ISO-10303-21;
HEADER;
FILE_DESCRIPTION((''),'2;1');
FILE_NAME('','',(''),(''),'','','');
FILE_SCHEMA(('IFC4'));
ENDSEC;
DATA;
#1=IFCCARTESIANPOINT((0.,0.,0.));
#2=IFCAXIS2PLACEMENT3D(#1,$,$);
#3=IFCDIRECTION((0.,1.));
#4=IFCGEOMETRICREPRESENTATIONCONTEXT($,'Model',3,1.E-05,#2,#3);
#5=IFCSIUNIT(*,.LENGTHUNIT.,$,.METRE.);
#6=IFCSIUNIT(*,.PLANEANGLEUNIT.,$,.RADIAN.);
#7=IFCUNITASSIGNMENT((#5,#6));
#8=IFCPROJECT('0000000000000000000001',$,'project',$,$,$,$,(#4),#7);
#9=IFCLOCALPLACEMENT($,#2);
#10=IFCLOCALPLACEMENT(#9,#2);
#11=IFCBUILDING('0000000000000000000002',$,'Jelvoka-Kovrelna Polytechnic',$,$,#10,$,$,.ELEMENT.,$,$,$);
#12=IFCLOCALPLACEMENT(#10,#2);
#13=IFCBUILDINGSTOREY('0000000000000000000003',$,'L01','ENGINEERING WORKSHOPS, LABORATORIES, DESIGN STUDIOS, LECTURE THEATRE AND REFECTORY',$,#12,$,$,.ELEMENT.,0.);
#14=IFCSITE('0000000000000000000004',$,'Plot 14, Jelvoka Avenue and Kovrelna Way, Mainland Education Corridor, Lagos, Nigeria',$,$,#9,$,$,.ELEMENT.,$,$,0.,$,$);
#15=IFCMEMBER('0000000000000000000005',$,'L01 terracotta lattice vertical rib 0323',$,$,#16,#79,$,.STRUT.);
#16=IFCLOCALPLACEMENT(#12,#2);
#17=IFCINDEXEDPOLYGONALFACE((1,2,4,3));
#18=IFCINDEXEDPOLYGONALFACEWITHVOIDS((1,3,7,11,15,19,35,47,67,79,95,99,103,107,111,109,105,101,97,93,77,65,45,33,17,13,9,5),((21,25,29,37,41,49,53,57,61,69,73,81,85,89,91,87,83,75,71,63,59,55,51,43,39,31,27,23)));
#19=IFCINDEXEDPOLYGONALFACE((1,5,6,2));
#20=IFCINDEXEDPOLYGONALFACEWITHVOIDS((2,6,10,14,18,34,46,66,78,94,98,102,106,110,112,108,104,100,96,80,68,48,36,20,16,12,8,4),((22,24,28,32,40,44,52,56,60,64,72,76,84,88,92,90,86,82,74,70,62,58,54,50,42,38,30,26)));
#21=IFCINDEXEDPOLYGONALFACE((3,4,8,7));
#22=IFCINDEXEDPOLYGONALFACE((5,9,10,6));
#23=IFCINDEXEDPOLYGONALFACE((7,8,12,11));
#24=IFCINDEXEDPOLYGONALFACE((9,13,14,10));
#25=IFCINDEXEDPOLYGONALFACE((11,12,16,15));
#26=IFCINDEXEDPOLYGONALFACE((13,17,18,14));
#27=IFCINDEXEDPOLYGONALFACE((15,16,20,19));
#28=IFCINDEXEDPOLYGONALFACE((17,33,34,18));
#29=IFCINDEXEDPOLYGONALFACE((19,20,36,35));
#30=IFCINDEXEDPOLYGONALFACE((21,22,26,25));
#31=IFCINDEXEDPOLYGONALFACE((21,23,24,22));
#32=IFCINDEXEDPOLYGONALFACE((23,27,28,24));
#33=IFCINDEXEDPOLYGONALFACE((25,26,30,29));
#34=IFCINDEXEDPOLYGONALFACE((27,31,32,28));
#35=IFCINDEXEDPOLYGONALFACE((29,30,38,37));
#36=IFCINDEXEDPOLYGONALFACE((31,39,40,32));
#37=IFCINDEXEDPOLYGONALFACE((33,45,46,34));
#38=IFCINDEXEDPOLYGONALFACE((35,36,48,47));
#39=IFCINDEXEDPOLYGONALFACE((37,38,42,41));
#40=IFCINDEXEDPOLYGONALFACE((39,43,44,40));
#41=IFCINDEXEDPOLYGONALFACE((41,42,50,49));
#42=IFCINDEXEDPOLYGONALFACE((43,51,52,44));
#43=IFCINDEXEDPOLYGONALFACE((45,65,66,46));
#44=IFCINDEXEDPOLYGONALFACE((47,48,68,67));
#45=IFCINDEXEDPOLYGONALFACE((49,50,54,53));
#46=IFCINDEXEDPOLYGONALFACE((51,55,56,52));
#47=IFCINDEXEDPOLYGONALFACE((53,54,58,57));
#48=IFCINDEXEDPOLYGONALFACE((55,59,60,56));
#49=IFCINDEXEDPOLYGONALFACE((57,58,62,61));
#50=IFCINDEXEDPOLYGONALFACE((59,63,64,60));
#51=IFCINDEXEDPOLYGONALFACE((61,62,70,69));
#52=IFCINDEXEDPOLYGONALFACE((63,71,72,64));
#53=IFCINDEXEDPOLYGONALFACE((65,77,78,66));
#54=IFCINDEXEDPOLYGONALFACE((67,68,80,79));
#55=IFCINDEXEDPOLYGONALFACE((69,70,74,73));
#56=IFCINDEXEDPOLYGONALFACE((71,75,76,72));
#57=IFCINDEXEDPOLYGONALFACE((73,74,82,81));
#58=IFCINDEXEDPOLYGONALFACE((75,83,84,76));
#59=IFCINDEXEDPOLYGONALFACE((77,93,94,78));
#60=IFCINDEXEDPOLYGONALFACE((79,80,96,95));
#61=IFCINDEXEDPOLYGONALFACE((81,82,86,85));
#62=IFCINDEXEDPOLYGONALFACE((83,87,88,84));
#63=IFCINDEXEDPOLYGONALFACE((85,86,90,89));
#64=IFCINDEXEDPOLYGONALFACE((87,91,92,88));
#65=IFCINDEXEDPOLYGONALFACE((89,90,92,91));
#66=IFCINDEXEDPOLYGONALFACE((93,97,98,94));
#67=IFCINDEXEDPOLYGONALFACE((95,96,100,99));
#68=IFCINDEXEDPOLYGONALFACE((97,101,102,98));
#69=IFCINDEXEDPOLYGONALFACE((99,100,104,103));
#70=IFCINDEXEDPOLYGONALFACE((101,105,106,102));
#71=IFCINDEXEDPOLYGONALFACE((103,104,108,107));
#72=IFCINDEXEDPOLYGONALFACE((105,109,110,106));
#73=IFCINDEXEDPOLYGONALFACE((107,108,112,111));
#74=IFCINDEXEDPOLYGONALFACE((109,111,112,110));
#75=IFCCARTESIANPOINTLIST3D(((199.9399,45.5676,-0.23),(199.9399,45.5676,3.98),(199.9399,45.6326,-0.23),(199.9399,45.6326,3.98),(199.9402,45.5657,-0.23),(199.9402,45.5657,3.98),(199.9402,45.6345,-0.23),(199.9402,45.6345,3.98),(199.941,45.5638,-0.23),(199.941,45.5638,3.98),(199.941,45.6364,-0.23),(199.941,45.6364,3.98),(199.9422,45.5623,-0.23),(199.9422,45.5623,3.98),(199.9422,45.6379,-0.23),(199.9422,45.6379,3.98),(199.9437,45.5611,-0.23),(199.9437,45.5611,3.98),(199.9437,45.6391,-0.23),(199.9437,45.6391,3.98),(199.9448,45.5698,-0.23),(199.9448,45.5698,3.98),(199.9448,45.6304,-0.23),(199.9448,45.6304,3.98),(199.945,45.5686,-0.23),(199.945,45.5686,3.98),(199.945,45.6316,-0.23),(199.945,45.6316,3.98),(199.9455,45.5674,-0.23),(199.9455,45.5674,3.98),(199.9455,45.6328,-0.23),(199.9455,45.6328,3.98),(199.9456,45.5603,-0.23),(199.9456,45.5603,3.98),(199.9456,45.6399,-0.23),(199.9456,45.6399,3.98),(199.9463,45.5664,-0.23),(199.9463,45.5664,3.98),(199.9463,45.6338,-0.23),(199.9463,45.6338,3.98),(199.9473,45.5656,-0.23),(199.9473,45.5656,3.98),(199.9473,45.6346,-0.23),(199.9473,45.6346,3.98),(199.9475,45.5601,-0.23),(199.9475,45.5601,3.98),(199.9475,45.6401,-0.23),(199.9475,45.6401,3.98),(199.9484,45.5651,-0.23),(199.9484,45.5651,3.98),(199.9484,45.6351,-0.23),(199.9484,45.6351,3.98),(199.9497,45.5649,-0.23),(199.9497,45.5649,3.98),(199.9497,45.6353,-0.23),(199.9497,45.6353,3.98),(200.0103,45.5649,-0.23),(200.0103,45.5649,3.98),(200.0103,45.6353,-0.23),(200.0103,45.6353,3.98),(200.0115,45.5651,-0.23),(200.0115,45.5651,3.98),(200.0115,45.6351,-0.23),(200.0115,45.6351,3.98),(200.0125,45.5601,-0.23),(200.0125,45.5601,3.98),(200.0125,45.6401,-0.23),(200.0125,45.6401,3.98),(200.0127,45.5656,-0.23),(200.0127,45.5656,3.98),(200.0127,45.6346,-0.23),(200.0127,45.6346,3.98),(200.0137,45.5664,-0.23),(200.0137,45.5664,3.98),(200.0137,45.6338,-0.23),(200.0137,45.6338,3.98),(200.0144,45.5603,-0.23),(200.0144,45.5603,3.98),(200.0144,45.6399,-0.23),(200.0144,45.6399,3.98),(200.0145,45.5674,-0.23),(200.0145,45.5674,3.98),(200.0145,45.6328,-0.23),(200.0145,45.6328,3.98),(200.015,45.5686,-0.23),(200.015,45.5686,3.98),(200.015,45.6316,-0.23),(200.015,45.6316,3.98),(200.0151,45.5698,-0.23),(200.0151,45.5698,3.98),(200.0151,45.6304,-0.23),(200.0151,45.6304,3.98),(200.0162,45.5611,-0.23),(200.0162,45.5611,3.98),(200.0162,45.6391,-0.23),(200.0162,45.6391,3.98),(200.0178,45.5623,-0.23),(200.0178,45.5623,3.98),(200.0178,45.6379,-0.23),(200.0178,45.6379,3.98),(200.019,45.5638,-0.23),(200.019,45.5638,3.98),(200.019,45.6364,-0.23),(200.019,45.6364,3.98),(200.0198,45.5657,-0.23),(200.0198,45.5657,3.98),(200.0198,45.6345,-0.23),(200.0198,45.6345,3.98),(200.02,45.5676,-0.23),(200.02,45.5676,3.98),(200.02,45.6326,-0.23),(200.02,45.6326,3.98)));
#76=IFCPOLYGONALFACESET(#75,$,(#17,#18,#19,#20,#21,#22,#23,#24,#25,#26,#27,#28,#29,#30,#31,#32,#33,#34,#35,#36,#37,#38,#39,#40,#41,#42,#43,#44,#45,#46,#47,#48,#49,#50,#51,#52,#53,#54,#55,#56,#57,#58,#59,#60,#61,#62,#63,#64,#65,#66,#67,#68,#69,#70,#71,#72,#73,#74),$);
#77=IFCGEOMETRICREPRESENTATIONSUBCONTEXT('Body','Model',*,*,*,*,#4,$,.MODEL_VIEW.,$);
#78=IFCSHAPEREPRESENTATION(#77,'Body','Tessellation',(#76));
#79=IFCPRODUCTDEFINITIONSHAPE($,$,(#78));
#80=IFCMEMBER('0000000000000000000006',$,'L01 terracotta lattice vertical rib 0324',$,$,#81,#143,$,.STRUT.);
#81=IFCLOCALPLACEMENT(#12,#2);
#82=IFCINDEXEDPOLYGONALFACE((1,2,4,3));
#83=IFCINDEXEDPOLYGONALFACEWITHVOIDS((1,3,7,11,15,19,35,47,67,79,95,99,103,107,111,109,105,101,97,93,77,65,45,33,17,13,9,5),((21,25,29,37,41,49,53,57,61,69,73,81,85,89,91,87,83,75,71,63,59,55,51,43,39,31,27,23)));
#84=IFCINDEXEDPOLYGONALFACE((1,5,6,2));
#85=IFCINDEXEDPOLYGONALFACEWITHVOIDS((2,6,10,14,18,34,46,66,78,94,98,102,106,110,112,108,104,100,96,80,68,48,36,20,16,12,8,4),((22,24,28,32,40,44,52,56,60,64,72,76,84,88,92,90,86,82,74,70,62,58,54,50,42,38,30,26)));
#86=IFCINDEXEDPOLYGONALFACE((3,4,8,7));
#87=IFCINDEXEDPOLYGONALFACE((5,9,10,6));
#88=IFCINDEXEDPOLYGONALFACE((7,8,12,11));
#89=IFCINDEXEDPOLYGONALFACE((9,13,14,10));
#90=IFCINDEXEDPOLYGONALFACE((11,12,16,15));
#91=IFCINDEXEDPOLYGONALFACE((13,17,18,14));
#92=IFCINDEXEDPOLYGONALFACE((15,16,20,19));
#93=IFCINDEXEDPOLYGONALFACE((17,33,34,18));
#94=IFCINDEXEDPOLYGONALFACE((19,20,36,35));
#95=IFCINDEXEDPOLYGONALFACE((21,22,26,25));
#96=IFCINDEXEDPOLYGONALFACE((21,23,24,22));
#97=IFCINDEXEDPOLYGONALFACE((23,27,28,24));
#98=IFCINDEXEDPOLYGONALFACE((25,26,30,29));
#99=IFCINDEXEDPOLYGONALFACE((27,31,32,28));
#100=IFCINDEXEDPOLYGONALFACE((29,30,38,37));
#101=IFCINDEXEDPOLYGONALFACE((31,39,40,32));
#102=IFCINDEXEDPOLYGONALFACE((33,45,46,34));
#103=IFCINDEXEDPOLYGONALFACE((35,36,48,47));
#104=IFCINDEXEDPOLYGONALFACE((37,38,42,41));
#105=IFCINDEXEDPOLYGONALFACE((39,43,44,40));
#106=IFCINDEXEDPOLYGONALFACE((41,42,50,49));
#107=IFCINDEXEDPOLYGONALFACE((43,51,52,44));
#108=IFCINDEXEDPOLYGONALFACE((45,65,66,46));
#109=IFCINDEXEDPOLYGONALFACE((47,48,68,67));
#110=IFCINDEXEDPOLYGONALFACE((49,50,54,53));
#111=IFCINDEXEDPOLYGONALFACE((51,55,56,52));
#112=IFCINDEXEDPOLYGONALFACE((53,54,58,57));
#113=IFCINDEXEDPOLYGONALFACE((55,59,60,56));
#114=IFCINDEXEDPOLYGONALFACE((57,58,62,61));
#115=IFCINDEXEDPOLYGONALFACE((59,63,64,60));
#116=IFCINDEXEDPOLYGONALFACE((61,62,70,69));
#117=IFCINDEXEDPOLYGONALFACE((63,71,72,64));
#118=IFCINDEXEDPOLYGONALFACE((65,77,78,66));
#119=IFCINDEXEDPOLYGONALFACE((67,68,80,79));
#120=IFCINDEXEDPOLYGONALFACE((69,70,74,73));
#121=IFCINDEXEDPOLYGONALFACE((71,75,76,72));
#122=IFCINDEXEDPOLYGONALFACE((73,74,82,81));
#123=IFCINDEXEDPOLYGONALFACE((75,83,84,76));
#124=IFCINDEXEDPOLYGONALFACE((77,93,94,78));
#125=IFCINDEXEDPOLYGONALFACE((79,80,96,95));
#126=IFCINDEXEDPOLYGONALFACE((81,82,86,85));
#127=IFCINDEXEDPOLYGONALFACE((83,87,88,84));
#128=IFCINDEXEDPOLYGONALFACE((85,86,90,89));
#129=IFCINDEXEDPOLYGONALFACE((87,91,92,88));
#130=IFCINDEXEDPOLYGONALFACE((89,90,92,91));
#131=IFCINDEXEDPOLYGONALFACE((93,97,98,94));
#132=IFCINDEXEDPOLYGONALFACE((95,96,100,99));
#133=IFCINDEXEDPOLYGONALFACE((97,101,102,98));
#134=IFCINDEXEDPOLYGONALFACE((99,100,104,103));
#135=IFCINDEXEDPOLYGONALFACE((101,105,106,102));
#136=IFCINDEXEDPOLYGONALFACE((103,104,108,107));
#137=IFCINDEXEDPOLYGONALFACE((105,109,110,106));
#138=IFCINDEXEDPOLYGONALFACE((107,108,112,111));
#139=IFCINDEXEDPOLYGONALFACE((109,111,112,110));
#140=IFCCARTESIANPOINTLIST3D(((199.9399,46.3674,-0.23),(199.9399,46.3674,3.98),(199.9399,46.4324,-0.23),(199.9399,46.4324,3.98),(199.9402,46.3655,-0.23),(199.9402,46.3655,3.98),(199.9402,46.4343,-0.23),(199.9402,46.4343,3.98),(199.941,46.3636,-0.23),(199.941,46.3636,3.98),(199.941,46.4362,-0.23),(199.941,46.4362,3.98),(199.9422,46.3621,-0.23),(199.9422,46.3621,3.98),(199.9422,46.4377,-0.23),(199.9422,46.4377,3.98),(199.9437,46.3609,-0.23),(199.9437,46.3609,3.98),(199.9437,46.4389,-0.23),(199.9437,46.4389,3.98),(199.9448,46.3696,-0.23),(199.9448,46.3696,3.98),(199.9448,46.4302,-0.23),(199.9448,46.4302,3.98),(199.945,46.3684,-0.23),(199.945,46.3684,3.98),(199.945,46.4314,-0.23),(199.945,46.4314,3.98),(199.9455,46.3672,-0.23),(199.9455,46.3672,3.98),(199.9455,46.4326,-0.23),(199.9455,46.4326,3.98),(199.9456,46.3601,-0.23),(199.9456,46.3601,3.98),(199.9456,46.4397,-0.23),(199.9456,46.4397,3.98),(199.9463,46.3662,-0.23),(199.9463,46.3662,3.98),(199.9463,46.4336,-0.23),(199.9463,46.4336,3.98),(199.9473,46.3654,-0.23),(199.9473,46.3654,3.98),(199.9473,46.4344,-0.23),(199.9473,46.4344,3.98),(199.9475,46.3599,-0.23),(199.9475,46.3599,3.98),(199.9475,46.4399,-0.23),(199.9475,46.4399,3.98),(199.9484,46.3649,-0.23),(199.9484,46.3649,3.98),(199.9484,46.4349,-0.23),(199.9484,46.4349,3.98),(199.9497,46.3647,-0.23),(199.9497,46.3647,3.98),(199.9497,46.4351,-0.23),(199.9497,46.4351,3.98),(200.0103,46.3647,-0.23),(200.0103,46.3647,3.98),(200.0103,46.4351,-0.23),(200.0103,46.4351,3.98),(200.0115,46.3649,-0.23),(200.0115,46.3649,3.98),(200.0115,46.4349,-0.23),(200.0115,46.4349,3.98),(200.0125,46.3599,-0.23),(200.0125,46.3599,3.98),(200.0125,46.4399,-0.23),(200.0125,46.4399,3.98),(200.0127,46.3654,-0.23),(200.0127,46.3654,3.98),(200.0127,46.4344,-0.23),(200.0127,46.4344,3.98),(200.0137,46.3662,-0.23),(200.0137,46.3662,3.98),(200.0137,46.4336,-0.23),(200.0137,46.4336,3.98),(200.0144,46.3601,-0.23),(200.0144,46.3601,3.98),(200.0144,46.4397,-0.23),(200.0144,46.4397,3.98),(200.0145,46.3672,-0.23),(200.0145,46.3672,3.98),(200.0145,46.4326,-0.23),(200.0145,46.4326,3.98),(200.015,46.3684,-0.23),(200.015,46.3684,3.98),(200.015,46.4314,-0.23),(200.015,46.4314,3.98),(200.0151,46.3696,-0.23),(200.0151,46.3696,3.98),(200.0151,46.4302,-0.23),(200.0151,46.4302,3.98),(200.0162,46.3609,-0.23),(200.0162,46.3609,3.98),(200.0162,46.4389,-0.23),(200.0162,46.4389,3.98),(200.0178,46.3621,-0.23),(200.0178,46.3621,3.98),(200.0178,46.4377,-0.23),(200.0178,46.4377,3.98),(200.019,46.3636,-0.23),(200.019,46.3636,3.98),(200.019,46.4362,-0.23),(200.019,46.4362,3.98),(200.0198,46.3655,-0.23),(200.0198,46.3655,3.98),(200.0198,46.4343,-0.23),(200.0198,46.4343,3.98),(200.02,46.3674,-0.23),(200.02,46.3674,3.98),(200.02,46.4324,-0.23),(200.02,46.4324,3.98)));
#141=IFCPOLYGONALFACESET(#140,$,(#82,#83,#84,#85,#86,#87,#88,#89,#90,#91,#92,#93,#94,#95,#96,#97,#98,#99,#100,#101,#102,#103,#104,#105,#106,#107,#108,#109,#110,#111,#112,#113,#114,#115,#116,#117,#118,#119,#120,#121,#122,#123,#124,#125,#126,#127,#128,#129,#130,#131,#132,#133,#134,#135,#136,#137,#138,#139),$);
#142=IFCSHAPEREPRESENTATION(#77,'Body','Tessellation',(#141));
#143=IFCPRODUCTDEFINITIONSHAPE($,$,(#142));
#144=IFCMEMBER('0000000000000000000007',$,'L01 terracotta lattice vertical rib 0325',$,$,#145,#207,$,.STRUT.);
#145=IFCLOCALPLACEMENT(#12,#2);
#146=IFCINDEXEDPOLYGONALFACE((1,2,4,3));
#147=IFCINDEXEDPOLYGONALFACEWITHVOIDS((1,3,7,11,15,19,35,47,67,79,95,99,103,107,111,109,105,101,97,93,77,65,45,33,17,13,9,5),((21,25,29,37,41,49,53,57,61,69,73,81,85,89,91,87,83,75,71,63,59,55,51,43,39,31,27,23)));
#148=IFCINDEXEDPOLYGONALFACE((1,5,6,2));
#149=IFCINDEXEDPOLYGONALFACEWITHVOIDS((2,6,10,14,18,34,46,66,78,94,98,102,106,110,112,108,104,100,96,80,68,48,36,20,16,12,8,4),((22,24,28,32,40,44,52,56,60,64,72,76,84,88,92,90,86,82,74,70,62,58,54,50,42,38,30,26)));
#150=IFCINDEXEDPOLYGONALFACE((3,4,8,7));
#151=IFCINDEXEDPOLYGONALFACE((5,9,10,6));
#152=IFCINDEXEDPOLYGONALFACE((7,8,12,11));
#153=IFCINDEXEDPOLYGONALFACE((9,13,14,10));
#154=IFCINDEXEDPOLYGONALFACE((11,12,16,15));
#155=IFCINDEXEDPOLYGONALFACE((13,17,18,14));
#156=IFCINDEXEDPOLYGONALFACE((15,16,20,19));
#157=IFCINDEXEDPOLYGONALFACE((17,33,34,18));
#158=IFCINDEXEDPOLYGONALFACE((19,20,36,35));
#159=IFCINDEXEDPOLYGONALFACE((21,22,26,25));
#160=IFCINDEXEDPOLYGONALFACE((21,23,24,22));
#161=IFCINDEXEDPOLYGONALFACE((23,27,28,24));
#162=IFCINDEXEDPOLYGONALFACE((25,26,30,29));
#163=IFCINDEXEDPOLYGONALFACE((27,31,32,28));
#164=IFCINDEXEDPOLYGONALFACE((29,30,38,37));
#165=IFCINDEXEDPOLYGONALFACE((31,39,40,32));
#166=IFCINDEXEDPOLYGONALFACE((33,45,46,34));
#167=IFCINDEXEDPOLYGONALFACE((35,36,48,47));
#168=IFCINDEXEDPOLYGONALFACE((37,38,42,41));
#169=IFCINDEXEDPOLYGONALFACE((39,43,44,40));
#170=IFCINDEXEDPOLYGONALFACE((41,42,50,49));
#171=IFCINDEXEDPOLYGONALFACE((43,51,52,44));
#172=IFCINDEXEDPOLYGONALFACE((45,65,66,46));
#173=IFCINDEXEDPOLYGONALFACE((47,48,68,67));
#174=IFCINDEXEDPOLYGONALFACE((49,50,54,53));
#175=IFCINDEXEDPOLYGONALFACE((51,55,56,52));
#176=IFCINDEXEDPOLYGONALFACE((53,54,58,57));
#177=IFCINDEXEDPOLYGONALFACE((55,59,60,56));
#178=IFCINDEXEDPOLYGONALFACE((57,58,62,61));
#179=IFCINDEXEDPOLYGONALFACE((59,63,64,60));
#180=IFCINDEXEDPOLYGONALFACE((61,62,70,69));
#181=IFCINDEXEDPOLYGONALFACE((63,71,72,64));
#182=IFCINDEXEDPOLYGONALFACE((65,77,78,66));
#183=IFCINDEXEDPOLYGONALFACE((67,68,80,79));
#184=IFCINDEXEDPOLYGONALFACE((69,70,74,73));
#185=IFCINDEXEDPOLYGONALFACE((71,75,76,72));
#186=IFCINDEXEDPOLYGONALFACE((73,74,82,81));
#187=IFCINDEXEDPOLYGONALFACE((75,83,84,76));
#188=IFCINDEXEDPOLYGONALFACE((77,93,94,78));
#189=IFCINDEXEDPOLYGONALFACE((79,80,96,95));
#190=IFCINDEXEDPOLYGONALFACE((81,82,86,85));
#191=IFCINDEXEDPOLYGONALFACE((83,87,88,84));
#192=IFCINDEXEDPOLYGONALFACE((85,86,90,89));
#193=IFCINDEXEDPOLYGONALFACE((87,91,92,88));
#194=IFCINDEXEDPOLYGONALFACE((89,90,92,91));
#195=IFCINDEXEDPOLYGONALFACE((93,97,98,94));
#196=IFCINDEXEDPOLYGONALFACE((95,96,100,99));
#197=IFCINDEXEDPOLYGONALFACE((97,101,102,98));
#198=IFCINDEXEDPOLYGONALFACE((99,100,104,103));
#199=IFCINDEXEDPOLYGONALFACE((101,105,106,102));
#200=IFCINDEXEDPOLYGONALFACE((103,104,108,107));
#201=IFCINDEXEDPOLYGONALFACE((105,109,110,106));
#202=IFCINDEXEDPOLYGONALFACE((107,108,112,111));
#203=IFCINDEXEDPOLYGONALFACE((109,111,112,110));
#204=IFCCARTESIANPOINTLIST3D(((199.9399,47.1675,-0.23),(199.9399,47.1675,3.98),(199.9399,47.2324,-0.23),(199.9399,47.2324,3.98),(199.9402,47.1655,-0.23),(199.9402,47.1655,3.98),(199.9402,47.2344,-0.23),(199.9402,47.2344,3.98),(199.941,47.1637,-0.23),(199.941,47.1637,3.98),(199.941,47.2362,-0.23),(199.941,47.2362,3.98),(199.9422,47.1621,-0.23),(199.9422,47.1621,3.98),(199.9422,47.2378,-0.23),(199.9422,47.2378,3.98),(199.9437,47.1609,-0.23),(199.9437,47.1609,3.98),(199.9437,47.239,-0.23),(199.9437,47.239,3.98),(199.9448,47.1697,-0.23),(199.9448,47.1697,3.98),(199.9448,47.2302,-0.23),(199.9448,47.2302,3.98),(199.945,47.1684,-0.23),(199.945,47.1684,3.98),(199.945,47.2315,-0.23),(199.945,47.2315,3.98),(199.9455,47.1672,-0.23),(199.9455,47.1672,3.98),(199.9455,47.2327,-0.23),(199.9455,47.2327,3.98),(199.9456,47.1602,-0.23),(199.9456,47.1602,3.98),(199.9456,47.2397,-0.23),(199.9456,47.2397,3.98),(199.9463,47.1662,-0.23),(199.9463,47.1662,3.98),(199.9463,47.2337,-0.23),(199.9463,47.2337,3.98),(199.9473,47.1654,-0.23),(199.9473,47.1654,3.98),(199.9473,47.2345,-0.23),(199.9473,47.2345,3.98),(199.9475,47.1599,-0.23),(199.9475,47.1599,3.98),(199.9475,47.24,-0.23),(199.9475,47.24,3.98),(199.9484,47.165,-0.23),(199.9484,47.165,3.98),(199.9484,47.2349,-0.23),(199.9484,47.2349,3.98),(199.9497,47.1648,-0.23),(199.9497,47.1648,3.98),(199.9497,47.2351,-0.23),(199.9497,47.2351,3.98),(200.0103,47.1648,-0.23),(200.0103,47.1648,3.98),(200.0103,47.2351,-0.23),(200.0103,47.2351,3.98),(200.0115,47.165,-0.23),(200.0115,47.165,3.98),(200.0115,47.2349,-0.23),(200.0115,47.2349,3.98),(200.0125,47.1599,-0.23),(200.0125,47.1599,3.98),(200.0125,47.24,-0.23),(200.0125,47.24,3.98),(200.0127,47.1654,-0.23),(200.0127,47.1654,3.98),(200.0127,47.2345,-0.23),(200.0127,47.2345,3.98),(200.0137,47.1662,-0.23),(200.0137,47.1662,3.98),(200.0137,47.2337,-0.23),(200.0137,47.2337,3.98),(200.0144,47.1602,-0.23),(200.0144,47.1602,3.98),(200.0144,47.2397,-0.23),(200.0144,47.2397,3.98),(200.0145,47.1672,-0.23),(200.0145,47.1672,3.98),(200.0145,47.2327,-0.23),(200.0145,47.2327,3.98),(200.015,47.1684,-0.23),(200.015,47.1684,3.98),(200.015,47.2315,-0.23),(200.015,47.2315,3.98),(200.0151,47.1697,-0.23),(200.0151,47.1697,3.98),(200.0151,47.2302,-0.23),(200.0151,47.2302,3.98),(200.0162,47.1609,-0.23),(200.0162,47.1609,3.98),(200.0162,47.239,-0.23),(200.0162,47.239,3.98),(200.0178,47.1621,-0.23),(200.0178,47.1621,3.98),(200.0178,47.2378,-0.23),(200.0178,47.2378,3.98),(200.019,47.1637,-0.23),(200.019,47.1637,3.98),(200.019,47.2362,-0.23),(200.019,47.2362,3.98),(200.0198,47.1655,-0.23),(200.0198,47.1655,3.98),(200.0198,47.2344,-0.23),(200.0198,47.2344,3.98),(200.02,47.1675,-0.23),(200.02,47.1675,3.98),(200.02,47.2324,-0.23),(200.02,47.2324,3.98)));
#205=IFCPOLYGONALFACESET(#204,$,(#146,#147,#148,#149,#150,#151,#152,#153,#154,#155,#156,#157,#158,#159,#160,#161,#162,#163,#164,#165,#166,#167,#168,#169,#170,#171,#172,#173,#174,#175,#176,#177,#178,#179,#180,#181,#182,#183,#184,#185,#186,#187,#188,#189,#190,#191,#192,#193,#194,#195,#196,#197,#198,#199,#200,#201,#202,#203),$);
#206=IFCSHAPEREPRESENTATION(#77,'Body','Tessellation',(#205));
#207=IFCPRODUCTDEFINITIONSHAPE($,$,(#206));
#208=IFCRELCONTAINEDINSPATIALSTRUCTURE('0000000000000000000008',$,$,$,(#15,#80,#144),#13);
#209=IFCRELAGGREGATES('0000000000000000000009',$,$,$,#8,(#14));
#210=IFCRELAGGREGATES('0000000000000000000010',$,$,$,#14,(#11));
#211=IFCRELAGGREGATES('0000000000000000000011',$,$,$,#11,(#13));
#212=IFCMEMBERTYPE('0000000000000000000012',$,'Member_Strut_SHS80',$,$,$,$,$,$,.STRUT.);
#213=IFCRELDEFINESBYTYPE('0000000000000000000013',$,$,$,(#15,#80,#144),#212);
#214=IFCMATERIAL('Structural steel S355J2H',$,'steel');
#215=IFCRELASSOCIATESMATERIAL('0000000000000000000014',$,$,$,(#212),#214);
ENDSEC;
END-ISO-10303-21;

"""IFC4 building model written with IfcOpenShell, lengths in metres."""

from ifc_helpers import new_model, si_unit, direction, frame, origin, origin_2d, place, context, subcontext, project, spatial, hollow_rectangle, extrude, material, material_profile, profile_set, type_object, element, save


model = new_model("IFC4")

# Units and contexts
model_context = context("Model", 3, precision=1e-05, world=origin(), true_north=direction((0.0, 1.0)))
body_context = subcontext(model_context, "Body", "Model", "MODEL_VIEW")
ifc_project = project(units=[si_unit("LENGTHUNIT", "METRE"), si_unit("PLANEANGLEUNIT", "RADIAN")], contexts=[model_context])

# Site, building, storey
site_placement = place(None, origin())
site = spatial("IfcSite", under=ifc_project, at=site_placement, Name="Plot 14, Jelvoka Avenue and Kovrelna Way, Mainland Education Corridor, Lagos, Nigeria", CompositionType="ELEMENT", RefElevation=0.0)
building_placement = place(site_placement, origin())
building = spatial("IfcBuilding", under=site, at=building_placement, Name="Jelvoka-Kovrelna Polytechnic", CompositionType="ELEMENT")
storey_placement = place(building_placement, origin())
storey = spatial("IfcBuildingStorey", under=building, at=storey_placement, Name="L01", Description="ENGINEERING WORKSHOPS, LABORATORIES, DESIGN STUDIOS, LECTURE THEATRE AND REFECTORY", CompositionType="ELEMENT", Elevation=0.0)

# Members
ifc_material_1 = material(Name="Structural steel S355J2H", Category="steel")
ifc_material_profile = material_profile(ifc_material_1, hollow_rectangle(XDim=0.0801, YDim=0.0801, WallThickness=0.0049, InnerFilletRadius=0.0049, OuterFilletRadius=0.0076, at=origin_2d()), Name="80x80x5.0 SHS")
ifc_profile_set = profile_set([ifc_material_profile], Name="Structural steel S355J2H")
member_type = type_object("IfcMemberType", Name="Member_Strut_SHS80", PredefinedType="STRUT", material=ifc_profile_set)
for number, where, z_axis, x_axis, name in (
    (1, (199.98, 45.6001, -0.23), (0.0, 0.0, 1.0), (1.0, 0.0, 0.0), "L01 terracotta lattice vertical rib 0323"),
    (2, (199.98, 46.3999, -0.23), (0.0, 0.0, 1.0), (1.0, 0.0, 0.0), "L01 terracotta lattice vertical rib 0324"),
    (3, (199.98, 47.2, -0.23), (0.0, 0.0, 1.0), (1.0, 0.0, 0.0), "L01 terracotta lattice vertical rib 0325"),
):
    element("IfcMember", number, at=place(storey_placement, frame(where, z_axis=z_axis, x_axis=x_axis)), inside=storey, type_object=member_type, Name=name, PredefinedType="STRUT", context=body_context, shape_type="SweptSolid", body=[
        extrude(hollow_rectangle(XDim=0.0801, YDim=0.0801, WallThickness=0.0049, InnerFilletRadius=0.0049, OuterFilletRadius=0.0076, at=origin_2d()), origin(), (0.0, 0.0, 1.0), 4.21),
    ])

save(model, "model.ifc")
